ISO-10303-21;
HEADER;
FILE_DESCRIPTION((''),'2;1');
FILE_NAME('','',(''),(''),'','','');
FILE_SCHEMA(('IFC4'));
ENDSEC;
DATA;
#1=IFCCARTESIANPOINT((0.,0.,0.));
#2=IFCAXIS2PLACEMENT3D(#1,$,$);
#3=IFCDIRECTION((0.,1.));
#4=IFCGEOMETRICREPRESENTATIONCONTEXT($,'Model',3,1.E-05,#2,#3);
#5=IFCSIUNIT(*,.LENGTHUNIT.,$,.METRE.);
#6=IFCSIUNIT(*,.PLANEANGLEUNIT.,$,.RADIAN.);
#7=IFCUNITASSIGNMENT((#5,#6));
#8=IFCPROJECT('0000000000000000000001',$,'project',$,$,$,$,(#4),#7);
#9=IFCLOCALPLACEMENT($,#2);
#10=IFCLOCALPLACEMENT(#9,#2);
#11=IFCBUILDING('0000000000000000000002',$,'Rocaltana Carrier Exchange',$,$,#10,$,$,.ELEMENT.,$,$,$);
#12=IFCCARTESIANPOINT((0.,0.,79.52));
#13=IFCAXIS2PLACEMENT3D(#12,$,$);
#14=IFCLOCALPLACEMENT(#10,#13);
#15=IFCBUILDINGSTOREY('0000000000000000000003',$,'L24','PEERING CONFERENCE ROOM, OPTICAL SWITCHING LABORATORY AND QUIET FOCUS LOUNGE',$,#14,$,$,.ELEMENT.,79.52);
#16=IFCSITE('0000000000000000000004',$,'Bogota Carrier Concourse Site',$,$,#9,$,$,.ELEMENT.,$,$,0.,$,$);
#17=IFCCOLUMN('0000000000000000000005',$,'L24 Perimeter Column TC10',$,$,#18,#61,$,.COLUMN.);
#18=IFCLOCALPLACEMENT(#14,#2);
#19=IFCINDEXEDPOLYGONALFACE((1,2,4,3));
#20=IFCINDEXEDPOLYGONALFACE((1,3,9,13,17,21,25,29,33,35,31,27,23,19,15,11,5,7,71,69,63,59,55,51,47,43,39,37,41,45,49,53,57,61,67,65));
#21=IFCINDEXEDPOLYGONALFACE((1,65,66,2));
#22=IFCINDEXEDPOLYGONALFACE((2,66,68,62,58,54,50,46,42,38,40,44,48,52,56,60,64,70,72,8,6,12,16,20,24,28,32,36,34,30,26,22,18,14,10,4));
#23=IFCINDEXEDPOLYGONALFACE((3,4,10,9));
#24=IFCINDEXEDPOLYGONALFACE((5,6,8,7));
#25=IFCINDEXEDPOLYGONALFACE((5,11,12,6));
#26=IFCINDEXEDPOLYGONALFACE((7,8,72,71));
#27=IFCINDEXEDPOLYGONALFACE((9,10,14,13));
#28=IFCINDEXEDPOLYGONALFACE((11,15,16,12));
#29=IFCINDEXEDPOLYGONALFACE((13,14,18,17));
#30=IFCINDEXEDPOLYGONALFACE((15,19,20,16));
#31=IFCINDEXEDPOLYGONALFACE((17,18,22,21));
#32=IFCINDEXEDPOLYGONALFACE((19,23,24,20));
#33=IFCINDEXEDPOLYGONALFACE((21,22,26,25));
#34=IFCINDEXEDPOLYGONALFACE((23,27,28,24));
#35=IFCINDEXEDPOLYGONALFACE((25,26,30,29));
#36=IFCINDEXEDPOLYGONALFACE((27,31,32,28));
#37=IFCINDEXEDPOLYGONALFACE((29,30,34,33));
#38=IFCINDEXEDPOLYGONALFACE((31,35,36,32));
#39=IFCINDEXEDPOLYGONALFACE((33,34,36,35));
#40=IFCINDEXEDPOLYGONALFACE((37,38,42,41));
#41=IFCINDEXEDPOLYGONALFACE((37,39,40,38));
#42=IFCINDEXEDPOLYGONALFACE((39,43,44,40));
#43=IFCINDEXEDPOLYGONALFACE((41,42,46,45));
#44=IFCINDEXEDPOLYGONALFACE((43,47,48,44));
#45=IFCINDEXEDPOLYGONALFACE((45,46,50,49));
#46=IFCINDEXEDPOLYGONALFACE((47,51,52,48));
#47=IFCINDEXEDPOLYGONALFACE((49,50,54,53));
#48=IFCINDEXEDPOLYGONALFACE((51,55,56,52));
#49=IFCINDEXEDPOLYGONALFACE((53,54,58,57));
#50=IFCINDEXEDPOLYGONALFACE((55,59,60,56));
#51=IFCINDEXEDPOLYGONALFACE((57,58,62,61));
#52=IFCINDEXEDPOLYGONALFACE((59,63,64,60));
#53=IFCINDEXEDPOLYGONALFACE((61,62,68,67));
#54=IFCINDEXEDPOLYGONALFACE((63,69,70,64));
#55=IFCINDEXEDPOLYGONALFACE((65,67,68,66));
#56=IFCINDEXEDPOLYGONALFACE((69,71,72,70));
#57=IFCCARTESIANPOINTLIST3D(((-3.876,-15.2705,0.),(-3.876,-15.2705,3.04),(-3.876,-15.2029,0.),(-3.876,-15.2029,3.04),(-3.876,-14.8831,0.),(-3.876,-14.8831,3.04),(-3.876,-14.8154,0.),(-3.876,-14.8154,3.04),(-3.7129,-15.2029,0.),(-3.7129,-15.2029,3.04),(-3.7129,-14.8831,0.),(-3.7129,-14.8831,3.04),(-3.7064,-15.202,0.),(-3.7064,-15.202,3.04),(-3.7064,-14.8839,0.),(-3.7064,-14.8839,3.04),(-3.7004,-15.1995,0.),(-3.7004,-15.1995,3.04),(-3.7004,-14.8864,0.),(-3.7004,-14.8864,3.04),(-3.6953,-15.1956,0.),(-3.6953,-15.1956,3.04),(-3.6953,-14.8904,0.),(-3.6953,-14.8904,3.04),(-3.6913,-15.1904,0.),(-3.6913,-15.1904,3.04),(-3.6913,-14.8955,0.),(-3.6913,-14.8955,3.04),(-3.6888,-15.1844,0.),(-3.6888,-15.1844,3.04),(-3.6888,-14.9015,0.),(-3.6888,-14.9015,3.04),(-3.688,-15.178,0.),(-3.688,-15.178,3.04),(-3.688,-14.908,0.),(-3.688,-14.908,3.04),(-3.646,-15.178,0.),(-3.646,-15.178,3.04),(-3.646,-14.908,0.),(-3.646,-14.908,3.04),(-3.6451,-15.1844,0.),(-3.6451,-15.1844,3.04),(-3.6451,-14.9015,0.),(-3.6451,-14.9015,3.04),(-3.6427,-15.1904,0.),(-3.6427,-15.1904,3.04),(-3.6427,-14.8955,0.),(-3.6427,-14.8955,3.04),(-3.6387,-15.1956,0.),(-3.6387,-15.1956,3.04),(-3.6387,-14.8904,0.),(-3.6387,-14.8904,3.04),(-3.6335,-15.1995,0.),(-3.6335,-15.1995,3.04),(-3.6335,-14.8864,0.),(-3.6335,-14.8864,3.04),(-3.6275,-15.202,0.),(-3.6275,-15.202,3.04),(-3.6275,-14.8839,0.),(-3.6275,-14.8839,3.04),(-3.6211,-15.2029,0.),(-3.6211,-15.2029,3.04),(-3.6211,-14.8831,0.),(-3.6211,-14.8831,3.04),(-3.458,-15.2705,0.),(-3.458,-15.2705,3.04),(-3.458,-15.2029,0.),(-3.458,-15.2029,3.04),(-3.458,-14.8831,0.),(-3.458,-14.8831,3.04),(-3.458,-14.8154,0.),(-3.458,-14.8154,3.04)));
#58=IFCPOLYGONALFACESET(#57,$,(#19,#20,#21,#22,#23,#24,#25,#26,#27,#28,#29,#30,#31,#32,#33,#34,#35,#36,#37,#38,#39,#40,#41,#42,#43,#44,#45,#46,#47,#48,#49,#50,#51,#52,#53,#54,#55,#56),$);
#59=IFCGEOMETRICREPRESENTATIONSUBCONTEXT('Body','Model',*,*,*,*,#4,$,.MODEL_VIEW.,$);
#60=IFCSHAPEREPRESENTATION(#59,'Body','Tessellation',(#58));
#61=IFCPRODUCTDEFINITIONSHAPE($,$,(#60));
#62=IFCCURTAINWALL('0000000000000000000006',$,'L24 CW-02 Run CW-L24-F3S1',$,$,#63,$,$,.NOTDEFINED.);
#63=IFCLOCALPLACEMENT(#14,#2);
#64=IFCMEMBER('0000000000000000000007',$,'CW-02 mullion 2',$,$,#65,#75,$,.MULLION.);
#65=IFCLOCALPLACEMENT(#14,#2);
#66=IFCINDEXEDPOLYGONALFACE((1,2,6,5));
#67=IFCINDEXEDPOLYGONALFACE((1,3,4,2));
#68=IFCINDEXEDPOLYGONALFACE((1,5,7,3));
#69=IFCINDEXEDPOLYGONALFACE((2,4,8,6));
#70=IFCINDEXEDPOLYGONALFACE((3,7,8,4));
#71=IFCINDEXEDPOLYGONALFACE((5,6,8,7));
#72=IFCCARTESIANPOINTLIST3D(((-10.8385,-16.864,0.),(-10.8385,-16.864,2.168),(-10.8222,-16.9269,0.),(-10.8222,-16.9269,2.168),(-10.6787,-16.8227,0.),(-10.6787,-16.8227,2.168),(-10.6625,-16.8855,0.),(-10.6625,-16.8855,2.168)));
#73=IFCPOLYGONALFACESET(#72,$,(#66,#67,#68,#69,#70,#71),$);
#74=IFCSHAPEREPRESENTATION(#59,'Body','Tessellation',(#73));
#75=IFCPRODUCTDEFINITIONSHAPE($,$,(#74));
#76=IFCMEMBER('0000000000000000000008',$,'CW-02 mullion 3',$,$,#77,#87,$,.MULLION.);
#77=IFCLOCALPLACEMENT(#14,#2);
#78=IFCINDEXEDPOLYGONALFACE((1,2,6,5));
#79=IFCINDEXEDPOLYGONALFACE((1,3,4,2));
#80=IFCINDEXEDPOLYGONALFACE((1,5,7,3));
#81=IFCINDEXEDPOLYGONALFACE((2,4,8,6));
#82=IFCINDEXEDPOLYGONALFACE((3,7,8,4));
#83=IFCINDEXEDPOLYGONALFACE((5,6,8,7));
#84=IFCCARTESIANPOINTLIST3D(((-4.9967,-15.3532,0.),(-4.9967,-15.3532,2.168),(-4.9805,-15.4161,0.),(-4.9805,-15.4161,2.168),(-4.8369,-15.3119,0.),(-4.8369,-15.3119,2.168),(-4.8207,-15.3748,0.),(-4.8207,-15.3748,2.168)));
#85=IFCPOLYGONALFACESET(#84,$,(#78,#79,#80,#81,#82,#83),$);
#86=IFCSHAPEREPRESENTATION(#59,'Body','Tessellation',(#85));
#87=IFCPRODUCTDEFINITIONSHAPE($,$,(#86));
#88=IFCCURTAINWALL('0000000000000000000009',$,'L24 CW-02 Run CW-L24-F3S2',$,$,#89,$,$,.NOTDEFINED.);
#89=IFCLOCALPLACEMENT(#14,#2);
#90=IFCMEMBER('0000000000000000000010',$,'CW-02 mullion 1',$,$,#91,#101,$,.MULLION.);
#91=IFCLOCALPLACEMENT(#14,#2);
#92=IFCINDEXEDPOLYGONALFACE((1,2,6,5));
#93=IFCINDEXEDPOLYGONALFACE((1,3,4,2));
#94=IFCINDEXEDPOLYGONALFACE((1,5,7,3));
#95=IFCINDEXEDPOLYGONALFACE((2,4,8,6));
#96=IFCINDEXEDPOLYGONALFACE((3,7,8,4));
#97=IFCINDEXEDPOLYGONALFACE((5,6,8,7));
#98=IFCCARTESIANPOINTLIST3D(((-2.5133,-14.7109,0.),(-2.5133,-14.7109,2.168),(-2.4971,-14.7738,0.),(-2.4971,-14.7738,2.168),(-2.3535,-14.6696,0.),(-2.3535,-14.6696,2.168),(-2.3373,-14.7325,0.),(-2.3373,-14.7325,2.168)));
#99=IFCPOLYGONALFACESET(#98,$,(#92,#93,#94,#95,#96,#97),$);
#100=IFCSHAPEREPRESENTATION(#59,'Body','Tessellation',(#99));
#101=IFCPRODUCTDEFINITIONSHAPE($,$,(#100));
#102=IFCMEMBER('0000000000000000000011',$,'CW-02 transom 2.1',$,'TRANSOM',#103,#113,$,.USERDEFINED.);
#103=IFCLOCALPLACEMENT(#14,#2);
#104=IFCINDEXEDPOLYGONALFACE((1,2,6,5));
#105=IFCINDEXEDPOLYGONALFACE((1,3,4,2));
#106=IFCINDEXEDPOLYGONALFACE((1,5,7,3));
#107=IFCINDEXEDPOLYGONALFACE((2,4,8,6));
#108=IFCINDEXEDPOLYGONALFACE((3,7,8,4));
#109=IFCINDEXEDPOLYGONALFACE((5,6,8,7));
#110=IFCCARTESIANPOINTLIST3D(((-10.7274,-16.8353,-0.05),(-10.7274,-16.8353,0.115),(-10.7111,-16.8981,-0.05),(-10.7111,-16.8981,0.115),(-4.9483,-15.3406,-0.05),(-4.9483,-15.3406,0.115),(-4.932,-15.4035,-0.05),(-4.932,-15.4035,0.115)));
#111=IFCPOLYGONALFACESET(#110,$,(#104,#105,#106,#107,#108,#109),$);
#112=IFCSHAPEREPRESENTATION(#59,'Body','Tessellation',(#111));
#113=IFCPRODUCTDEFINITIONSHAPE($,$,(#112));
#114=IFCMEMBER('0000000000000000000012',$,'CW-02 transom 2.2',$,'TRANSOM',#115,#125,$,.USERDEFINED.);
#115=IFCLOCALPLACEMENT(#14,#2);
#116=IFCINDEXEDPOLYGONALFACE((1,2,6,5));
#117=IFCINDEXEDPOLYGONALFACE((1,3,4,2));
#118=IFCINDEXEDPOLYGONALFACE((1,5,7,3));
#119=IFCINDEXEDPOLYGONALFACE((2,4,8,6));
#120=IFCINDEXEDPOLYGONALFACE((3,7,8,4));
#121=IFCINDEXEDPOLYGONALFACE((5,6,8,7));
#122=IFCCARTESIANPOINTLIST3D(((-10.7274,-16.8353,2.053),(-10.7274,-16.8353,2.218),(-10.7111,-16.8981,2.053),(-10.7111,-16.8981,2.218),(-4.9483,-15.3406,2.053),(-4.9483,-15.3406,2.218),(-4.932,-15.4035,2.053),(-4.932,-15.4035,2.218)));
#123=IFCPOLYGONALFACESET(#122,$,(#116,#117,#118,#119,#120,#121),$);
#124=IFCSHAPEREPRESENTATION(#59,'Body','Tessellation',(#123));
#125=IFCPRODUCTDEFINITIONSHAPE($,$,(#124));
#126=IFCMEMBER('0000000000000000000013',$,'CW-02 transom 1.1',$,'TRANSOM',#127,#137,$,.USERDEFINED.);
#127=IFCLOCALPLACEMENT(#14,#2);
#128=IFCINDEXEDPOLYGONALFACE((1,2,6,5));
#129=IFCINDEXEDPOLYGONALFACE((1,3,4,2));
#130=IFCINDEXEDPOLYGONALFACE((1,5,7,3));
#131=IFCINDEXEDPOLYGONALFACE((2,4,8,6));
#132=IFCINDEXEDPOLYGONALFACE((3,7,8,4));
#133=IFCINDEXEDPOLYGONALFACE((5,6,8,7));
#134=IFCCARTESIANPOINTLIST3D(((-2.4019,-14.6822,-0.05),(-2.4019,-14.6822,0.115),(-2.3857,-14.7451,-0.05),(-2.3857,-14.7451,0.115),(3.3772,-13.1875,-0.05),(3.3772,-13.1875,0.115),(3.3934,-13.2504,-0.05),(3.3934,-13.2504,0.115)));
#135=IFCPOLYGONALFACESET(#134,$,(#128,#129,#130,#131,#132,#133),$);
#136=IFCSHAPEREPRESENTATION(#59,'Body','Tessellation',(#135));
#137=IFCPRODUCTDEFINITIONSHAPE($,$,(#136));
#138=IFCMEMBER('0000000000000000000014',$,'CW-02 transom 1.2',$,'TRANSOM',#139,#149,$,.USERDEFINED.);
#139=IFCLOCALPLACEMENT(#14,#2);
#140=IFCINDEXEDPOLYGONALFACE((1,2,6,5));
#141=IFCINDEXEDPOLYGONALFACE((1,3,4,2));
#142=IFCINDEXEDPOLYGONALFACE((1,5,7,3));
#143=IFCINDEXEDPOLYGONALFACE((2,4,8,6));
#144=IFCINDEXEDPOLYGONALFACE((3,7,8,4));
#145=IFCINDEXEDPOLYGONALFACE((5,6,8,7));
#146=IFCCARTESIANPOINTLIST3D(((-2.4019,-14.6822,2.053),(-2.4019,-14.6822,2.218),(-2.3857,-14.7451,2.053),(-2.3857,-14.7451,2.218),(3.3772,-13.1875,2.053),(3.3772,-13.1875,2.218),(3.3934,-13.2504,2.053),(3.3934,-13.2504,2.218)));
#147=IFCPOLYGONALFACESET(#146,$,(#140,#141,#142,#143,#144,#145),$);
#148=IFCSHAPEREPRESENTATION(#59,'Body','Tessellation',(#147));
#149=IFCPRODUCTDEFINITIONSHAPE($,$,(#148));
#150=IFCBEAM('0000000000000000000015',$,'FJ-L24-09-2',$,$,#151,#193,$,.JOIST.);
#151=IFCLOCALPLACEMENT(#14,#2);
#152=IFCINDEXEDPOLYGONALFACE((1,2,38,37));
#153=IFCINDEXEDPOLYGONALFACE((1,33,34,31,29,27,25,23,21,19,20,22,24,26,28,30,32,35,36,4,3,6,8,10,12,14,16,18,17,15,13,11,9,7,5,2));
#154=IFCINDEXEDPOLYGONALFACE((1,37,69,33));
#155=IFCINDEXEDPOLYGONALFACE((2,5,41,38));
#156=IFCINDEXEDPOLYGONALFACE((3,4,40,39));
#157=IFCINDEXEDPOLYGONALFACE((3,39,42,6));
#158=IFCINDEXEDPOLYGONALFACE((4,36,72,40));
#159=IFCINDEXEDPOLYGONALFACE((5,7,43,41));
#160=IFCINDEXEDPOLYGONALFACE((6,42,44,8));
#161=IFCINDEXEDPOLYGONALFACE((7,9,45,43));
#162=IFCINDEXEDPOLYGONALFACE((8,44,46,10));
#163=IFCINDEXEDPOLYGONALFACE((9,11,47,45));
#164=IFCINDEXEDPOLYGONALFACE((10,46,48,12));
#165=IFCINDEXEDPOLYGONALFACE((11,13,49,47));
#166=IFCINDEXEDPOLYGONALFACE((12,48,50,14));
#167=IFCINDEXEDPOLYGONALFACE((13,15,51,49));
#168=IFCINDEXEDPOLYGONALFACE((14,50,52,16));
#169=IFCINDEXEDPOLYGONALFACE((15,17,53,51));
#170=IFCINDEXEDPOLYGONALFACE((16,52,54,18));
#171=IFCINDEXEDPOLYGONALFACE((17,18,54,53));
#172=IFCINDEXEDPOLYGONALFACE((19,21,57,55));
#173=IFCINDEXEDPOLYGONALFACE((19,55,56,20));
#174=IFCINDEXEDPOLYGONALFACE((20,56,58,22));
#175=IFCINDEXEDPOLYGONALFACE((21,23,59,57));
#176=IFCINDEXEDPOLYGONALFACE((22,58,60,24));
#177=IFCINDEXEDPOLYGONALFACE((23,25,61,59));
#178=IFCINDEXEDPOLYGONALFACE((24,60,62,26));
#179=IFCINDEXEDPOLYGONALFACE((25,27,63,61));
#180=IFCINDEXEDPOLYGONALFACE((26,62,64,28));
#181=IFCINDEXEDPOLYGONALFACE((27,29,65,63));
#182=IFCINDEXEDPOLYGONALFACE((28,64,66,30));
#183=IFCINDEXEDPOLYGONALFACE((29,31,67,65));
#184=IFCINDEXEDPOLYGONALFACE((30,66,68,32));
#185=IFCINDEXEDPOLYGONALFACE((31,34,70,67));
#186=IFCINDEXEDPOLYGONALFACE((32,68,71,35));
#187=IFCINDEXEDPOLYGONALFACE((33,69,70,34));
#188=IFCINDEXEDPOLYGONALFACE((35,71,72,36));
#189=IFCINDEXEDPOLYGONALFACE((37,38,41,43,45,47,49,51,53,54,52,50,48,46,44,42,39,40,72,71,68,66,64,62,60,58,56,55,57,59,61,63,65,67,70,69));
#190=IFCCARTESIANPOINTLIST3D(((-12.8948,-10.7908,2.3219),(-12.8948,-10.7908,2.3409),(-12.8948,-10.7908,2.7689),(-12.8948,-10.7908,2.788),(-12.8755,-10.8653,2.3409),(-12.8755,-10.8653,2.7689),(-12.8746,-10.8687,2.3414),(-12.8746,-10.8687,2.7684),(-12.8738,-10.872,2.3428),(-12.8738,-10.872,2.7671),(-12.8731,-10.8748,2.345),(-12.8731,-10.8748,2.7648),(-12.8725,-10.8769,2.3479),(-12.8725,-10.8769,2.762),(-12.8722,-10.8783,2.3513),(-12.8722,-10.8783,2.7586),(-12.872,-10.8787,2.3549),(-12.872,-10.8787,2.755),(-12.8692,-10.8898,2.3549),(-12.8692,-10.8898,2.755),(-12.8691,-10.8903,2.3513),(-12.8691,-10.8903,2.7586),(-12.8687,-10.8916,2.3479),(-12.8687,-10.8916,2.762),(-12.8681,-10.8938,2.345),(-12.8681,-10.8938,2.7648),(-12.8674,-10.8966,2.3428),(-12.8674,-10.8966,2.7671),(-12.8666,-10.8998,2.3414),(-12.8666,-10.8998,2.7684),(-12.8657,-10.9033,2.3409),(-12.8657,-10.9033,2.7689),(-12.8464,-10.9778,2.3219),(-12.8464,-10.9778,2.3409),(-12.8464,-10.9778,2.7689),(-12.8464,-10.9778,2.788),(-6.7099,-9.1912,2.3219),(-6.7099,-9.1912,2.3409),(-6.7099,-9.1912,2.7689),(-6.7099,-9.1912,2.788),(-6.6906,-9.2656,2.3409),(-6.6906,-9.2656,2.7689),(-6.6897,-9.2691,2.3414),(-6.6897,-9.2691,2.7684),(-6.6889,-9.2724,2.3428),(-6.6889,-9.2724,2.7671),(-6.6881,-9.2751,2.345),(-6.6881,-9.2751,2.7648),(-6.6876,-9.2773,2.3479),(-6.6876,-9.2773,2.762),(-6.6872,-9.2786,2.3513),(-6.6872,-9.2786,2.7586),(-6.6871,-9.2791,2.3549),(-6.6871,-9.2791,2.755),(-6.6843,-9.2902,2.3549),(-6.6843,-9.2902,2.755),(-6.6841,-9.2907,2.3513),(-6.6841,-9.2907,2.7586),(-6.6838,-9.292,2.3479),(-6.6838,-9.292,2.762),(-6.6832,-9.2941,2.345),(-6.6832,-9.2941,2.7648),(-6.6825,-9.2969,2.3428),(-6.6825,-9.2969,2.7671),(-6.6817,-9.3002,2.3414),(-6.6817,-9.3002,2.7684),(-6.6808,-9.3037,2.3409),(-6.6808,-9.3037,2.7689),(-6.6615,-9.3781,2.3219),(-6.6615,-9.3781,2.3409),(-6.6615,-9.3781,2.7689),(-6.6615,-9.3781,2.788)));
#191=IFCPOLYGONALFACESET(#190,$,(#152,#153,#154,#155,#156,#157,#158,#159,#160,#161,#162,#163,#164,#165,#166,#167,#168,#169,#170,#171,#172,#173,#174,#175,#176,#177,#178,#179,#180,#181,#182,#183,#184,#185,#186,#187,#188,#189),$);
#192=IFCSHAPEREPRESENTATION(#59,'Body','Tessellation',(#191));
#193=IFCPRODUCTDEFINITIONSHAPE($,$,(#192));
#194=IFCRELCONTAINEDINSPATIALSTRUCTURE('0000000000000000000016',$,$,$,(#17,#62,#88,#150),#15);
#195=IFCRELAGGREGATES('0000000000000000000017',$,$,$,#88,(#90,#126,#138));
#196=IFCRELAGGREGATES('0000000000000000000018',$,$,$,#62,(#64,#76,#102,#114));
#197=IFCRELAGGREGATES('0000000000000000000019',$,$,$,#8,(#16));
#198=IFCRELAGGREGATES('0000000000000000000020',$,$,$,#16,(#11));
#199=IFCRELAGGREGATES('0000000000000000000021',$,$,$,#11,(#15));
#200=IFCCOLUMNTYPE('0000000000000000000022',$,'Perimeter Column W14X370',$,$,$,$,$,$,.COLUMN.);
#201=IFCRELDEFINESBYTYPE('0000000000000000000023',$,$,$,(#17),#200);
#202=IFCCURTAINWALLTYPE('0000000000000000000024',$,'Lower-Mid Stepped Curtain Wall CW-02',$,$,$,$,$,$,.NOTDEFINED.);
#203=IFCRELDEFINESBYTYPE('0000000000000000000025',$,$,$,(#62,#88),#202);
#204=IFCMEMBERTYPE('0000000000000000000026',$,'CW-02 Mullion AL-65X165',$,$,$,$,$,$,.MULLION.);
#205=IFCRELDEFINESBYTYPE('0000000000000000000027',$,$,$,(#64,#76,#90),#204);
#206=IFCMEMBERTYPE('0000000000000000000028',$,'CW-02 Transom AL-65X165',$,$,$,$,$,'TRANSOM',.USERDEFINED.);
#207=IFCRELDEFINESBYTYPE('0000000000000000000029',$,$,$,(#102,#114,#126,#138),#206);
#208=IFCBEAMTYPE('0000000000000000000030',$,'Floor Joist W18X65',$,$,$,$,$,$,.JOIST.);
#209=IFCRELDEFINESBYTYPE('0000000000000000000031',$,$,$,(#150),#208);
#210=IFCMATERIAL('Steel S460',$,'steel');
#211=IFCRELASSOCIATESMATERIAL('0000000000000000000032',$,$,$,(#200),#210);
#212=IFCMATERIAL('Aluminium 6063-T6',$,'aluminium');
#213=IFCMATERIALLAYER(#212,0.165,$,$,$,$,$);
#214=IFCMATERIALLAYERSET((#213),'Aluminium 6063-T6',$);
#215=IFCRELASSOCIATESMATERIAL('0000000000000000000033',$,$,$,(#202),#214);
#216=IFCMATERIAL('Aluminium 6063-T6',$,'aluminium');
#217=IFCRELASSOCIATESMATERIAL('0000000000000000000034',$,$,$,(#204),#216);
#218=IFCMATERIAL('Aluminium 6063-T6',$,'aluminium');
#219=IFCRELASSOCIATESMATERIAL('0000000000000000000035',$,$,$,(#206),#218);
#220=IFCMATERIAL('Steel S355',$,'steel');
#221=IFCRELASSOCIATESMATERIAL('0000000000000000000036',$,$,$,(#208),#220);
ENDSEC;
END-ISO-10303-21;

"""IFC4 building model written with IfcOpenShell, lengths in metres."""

from ifc_helpers import new_model, si_unit, direction, frame, origin, origin_2d, place, context, subcontext, project, spatial, rectangle, i_section, extrude, material, layer, layer_set, material_profile, profile_set, type_object, element, aggregate, save


model = new_model("IFC4")

# Units and contexts
model_context = context("Model", 3, precision=1e-05, world=origin(), true_north=direction((0.0, 1.0)))
body_context = subcontext(model_context, "Body", "Model", "MODEL_VIEW")
ifc_project = project(units=[si_unit("LENGTHUNIT", "METRE"), si_unit("PLANEANGLEUNIT", "RADIAN")], contexts=[model_context])

# Site, building, storey
site_placement = place(None, origin())
site = spatial("IfcSite", under=ifc_project, at=site_placement, Name="Bogota Carrier Concourse Site", CompositionType="ELEMENT", RefElevation=0.0)
building_placement = place(site_placement, origin())
building = spatial("IfcBuilding", under=site, at=building_placement, Name="Rocaltana Carrier Exchange", CompositionType="ELEMENT")
storey_placement = place(building_placement, frame((0.0, 0.0, 79.52)))
storey = spatial("IfcBuildingStorey", under=building, at=storey_placement, Name="L24", Description="PEERING CONFERENCE ROOM, OPTICAL SWITCHING LABORATORY AND QUIET FOCUS LOUNGE", CompositionType="ELEMENT", Elevation=79.52)

# Column
ifc_material_1 = material(Name="Steel S460", Category="steel")
ifc_material_profile_1 = material_profile(ifc_material_1, i_section(OverallWidth=0.418, OverallDepth=0.4551, WebThickness=0.042, FlangeThickness=0.0676, FilletRadius=0.0249, at=origin_2d()), Name="W14X370")
ifc_profile_set_1 = profile_set([ifc_material_profile_1], Name="Steel S460")
column_type = type_object("IfcColumnType", Name="Perimeter Column W14X370", PredefinedType="COLUMN", material=ifc_profile_set_1)
column_placement = place(storey_placement, frame((-3.667, -15.043, 0.0), z_axis=(0.0, 0.0, 1.0), x_axis=(1.0, 0.0, 0.0)))
element("IfcColumn", 1, at=column_placement, inside=storey, type_object=column_type, Name="L24 Perimeter Column TC10", PredefinedType="COLUMN", context=body_context, shape_type="SweptSolid", body=[
    extrude(i_section(OverallWidth=0.418, OverallDepth=0.4551, WebThickness=0.042, FlangeThickness=0.0676, FilletRadius=0.0249, at=origin_2d()), origin(), (0.0, 0.0, 1.0), 3.04),
])

# Curtain wall, members
ifc_material_2 = material(Name="Aluminium 6063-T6", Category="aluminium")
ifc_layer_1 = layer(ifc_material_2, 0.165)
ifc_layer_set_1 = layer_set([ifc_layer_1], Name="Aluminium 6063-T6")
curtain_wall_type = type_object("IfcCurtainWallType", Name="Lower-Mid Stepped Curtain Wall CW-02", PredefinedType="NOTDEFINED", material=ifc_layer_set_1)
curtain_wall_1_placement = place(storey_placement, origin())
curtain_wall_1 = element("IfcCurtainWall", 2, at=curtain_wall_1_placement, inside=storey, type_object=curtain_wall_type, Name="L24 CW-02 Run CW-L24-F3S1", PredefinedType="NOTDEFINED")
ifc_material_3 = material(Name="Aluminium 6063-T6", Category="aluminium")
ifc_material_profile_2 = material_profile(ifc_material_3, rectangle(XDim=0.0649, YDim=0.165, at=origin_2d()), Name="AL-65X165")
ifc_profile_set_2 = profile_set([ifc_material_profile_2], Name="Aluminium 6063-T6")
member_type_1 = type_object("IfcMemberType", Name="CW-02 Mullion AL-65X165", PredefinedType="MULLION", material=ifc_profile_set_2)
member_1_placement = place(storey_placement, frame((-10.7505, -16.8748, 0.0), z_axis=(0.0, 0.0, 1.0), x_axis=(-0.250378, 0.968148, 0.0)))
member_1 = element("IfcMember", 3, at=member_1_placement, type_object=member_type_1, Name="CW-02 mullion 2", PredefinedType="MULLION", context=body_context, shape_type="SweptSolid", body=[
    extrude(rectangle(XDim=0.0649, YDim=0.165, at=origin_2d()), origin(), (0.0, 0.0, 1.0), 2.168),
])
member_2_placement = place(storey_placement, frame((-4.9087, -15.364, 0.0), z_axis=(0.0, 0.0, 1.0), x_axis=(-0.250378, 0.968148, 0.0)))
member_2 = element("IfcMember", 4, at=member_2_placement, type_object=member_type_1, Name="CW-02 mullion 3", PredefinedType="MULLION", context=body_context, shape_type="SweptSolid", body=[
    extrude(rectangle(XDim=0.0649, YDim=0.165, at=origin_2d()), origin(), (0.0, 0.0, 1.0), 2.168),
])

# Curtain wall, member
curtain_wall_2_placement = place(storey_placement, origin())
curtain_wall_2 = element("IfcCurtainWall", 5, at=curtain_wall_2_placement, inside=storey, type_object=curtain_wall_type, Name="L24 CW-02 Run CW-L24-F3S2", PredefinedType="NOTDEFINED")
member_3_placement = place(storey_placement, frame((-2.4253, -14.7217, 0.0), z_axis=(0.0, 0.0, 1.0), x_axis=(-0.250378, 0.968148, 0.0)))
member_3 = element("IfcMember", 6, at=member_3_placement, type_object=member_type_1, Name="CW-02 mullion 1", PredefinedType="MULLION", context=body_context, shape_type="SweptSolid", body=[
    extrude(rectangle(XDim=0.0649, YDim=0.165, at=origin_2d()), origin(), (0.0, 0.0, 1.0), 2.168),
])

# Members
ifc_material_4 = material(Name="Aluminium 6063-T6", Category="aluminium")
ifc_material_profile_3 = material_profile(ifc_material_4, rectangle(XDim=0.0649, YDim=0.165, at=origin_2d()), Name="AL-65X165")
ifc_profile_set_3 = profile_set([ifc_material_profile_3], Name="Aluminium 6063-T6")
member_type_2 = type_object("IfcMemberType", Name="CW-02 Transom AL-65X165", ElementType="TRANSOM", PredefinedType="USERDEFINED", material=ifc_profile_set_3)
member_4_placement = place(storey_placement, frame((-10.7192, -16.8667, 0.0325), z_axis=(0.968145, 0.25039, 0.0), x_axis=(-0.25039, 0.968145, 0.0)))
member_4 = element("IfcMember", 7, at=member_4_placement, type_object=member_type_2, Name="CW-02 transom 2.1", ObjectType="TRANSOM", PredefinedType="USERDEFINED", context=body_context, shape_type="SweptSolid", body=[
    extrude(rectangle(XDim=0.0649, YDim=0.165, at=origin_2d()), origin(), (0.0, 0.0, 1.0), 5.9692),
])
member_5_placement = place(storey_placement, frame((-10.7192, -16.8667, 2.1355), z_axis=(0.968145, 0.25039, 0.0), x_axis=(-0.25039, 0.968145, 0.0)))
member_5 = element("IfcMember", 8, at=member_5_placement, type_object=member_type_2, Name="CW-02 transom 2.2", ObjectType="TRANSOM", PredefinedType="USERDEFINED", context=body_context, shape_type="SweptSolid", body=[
    extrude(rectangle(XDim=0.0649, YDim=0.165, at=origin_2d()), origin(), (0.0, 0.0, 1.0), 5.9692),
])
member_6_placement = place(storey_placement, frame((-2.3938, -14.7136, 0.0325), z_axis=(0.968145, 0.25039, 0.0), x_axis=(-0.25039, 0.968145, 0.0)))
member_6 = element("IfcMember", 9, at=member_6_placement, type_object=member_type_2, Name="CW-02 transom 1.1", ObjectType="TRANSOM", PredefinedType="USERDEFINED", context=body_context, shape_type="SweptSolid", body=[
    extrude(rectangle(XDim=0.0649, YDim=0.165, at=origin_2d()), origin(), (0.0, 0.0, 1.0), 5.9692),
])
member_7_placement = place(storey_placement, frame((-2.3938, -14.7136, 2.1355), z_axis=(0.968145, 0.25039, 0.0), x_axis=(-0.25039, 0.968145, 0.0)))
member_7 = element("IfcMember", 10, at=member_7_placement, type_object=member_type_2, Name="CW-02 transom 1.2", ObjectType="TRANSOM", PredefinedType="USERDEFINED", context=body_context, shape_type="SweptSolid", body=[
    extrude(rectangle(XDim=0.0649, YDim=0.165, at=origin_2d()), origin(), (0.0, 0.0, 1.0), 5.9692),
])
aggregate(curtain_wall_2, [member_3, member_6, member_7])

# Beam
ifc_material_5 = material(Name="Steel S355", Category="steel")
ifc_material_profile_4 = material_profile(ifc_material_5, i_section(OverallWidth=0.1931, OverallDepth=0.4661, WebThickness=0.0115, FlangeThickness=0.019, FilletRadius=0.0139, at=origin_2d()), Name="W18X65")
ifc_profile_set_4 = profile_set([ifc_material_profile_4], Name="Steel S355")
beam_type_1 = type_object("IfcBeamType", Name="Floor Joist W18X65", PredefinedType="JOIST", material=ifc_profile_set_4)
beam_1_placement = place(storey_placement, frame((-12.8706, -10.8843, 2.5549), z_axis=(0.968144, 0.250396, 0.0), x_axis=(-0.250396, 0.968144, 0.0)))
element("IfcBeam", 11, at=beam_1_placement, inside=storey, type_object=beam_type_1, Name="FJ-L24-09-2", PredefinedType="JOIST", context=body_context, shape_type="SweptSolid", body=[
    extrude(i_section(OverallWidth=0.1931, OverallDepth=0.4661, WebThickness=0.0115, FlangeThickness=0.019, FilletRadius=0.0139, at=origin_2d()), origin(), (0.0, 0.0, 1.0), 6.3884),
])

aggregate(curtain_wall_1, [member_1, member_2, member_4, member_5])

save(model, "model.ifc")
